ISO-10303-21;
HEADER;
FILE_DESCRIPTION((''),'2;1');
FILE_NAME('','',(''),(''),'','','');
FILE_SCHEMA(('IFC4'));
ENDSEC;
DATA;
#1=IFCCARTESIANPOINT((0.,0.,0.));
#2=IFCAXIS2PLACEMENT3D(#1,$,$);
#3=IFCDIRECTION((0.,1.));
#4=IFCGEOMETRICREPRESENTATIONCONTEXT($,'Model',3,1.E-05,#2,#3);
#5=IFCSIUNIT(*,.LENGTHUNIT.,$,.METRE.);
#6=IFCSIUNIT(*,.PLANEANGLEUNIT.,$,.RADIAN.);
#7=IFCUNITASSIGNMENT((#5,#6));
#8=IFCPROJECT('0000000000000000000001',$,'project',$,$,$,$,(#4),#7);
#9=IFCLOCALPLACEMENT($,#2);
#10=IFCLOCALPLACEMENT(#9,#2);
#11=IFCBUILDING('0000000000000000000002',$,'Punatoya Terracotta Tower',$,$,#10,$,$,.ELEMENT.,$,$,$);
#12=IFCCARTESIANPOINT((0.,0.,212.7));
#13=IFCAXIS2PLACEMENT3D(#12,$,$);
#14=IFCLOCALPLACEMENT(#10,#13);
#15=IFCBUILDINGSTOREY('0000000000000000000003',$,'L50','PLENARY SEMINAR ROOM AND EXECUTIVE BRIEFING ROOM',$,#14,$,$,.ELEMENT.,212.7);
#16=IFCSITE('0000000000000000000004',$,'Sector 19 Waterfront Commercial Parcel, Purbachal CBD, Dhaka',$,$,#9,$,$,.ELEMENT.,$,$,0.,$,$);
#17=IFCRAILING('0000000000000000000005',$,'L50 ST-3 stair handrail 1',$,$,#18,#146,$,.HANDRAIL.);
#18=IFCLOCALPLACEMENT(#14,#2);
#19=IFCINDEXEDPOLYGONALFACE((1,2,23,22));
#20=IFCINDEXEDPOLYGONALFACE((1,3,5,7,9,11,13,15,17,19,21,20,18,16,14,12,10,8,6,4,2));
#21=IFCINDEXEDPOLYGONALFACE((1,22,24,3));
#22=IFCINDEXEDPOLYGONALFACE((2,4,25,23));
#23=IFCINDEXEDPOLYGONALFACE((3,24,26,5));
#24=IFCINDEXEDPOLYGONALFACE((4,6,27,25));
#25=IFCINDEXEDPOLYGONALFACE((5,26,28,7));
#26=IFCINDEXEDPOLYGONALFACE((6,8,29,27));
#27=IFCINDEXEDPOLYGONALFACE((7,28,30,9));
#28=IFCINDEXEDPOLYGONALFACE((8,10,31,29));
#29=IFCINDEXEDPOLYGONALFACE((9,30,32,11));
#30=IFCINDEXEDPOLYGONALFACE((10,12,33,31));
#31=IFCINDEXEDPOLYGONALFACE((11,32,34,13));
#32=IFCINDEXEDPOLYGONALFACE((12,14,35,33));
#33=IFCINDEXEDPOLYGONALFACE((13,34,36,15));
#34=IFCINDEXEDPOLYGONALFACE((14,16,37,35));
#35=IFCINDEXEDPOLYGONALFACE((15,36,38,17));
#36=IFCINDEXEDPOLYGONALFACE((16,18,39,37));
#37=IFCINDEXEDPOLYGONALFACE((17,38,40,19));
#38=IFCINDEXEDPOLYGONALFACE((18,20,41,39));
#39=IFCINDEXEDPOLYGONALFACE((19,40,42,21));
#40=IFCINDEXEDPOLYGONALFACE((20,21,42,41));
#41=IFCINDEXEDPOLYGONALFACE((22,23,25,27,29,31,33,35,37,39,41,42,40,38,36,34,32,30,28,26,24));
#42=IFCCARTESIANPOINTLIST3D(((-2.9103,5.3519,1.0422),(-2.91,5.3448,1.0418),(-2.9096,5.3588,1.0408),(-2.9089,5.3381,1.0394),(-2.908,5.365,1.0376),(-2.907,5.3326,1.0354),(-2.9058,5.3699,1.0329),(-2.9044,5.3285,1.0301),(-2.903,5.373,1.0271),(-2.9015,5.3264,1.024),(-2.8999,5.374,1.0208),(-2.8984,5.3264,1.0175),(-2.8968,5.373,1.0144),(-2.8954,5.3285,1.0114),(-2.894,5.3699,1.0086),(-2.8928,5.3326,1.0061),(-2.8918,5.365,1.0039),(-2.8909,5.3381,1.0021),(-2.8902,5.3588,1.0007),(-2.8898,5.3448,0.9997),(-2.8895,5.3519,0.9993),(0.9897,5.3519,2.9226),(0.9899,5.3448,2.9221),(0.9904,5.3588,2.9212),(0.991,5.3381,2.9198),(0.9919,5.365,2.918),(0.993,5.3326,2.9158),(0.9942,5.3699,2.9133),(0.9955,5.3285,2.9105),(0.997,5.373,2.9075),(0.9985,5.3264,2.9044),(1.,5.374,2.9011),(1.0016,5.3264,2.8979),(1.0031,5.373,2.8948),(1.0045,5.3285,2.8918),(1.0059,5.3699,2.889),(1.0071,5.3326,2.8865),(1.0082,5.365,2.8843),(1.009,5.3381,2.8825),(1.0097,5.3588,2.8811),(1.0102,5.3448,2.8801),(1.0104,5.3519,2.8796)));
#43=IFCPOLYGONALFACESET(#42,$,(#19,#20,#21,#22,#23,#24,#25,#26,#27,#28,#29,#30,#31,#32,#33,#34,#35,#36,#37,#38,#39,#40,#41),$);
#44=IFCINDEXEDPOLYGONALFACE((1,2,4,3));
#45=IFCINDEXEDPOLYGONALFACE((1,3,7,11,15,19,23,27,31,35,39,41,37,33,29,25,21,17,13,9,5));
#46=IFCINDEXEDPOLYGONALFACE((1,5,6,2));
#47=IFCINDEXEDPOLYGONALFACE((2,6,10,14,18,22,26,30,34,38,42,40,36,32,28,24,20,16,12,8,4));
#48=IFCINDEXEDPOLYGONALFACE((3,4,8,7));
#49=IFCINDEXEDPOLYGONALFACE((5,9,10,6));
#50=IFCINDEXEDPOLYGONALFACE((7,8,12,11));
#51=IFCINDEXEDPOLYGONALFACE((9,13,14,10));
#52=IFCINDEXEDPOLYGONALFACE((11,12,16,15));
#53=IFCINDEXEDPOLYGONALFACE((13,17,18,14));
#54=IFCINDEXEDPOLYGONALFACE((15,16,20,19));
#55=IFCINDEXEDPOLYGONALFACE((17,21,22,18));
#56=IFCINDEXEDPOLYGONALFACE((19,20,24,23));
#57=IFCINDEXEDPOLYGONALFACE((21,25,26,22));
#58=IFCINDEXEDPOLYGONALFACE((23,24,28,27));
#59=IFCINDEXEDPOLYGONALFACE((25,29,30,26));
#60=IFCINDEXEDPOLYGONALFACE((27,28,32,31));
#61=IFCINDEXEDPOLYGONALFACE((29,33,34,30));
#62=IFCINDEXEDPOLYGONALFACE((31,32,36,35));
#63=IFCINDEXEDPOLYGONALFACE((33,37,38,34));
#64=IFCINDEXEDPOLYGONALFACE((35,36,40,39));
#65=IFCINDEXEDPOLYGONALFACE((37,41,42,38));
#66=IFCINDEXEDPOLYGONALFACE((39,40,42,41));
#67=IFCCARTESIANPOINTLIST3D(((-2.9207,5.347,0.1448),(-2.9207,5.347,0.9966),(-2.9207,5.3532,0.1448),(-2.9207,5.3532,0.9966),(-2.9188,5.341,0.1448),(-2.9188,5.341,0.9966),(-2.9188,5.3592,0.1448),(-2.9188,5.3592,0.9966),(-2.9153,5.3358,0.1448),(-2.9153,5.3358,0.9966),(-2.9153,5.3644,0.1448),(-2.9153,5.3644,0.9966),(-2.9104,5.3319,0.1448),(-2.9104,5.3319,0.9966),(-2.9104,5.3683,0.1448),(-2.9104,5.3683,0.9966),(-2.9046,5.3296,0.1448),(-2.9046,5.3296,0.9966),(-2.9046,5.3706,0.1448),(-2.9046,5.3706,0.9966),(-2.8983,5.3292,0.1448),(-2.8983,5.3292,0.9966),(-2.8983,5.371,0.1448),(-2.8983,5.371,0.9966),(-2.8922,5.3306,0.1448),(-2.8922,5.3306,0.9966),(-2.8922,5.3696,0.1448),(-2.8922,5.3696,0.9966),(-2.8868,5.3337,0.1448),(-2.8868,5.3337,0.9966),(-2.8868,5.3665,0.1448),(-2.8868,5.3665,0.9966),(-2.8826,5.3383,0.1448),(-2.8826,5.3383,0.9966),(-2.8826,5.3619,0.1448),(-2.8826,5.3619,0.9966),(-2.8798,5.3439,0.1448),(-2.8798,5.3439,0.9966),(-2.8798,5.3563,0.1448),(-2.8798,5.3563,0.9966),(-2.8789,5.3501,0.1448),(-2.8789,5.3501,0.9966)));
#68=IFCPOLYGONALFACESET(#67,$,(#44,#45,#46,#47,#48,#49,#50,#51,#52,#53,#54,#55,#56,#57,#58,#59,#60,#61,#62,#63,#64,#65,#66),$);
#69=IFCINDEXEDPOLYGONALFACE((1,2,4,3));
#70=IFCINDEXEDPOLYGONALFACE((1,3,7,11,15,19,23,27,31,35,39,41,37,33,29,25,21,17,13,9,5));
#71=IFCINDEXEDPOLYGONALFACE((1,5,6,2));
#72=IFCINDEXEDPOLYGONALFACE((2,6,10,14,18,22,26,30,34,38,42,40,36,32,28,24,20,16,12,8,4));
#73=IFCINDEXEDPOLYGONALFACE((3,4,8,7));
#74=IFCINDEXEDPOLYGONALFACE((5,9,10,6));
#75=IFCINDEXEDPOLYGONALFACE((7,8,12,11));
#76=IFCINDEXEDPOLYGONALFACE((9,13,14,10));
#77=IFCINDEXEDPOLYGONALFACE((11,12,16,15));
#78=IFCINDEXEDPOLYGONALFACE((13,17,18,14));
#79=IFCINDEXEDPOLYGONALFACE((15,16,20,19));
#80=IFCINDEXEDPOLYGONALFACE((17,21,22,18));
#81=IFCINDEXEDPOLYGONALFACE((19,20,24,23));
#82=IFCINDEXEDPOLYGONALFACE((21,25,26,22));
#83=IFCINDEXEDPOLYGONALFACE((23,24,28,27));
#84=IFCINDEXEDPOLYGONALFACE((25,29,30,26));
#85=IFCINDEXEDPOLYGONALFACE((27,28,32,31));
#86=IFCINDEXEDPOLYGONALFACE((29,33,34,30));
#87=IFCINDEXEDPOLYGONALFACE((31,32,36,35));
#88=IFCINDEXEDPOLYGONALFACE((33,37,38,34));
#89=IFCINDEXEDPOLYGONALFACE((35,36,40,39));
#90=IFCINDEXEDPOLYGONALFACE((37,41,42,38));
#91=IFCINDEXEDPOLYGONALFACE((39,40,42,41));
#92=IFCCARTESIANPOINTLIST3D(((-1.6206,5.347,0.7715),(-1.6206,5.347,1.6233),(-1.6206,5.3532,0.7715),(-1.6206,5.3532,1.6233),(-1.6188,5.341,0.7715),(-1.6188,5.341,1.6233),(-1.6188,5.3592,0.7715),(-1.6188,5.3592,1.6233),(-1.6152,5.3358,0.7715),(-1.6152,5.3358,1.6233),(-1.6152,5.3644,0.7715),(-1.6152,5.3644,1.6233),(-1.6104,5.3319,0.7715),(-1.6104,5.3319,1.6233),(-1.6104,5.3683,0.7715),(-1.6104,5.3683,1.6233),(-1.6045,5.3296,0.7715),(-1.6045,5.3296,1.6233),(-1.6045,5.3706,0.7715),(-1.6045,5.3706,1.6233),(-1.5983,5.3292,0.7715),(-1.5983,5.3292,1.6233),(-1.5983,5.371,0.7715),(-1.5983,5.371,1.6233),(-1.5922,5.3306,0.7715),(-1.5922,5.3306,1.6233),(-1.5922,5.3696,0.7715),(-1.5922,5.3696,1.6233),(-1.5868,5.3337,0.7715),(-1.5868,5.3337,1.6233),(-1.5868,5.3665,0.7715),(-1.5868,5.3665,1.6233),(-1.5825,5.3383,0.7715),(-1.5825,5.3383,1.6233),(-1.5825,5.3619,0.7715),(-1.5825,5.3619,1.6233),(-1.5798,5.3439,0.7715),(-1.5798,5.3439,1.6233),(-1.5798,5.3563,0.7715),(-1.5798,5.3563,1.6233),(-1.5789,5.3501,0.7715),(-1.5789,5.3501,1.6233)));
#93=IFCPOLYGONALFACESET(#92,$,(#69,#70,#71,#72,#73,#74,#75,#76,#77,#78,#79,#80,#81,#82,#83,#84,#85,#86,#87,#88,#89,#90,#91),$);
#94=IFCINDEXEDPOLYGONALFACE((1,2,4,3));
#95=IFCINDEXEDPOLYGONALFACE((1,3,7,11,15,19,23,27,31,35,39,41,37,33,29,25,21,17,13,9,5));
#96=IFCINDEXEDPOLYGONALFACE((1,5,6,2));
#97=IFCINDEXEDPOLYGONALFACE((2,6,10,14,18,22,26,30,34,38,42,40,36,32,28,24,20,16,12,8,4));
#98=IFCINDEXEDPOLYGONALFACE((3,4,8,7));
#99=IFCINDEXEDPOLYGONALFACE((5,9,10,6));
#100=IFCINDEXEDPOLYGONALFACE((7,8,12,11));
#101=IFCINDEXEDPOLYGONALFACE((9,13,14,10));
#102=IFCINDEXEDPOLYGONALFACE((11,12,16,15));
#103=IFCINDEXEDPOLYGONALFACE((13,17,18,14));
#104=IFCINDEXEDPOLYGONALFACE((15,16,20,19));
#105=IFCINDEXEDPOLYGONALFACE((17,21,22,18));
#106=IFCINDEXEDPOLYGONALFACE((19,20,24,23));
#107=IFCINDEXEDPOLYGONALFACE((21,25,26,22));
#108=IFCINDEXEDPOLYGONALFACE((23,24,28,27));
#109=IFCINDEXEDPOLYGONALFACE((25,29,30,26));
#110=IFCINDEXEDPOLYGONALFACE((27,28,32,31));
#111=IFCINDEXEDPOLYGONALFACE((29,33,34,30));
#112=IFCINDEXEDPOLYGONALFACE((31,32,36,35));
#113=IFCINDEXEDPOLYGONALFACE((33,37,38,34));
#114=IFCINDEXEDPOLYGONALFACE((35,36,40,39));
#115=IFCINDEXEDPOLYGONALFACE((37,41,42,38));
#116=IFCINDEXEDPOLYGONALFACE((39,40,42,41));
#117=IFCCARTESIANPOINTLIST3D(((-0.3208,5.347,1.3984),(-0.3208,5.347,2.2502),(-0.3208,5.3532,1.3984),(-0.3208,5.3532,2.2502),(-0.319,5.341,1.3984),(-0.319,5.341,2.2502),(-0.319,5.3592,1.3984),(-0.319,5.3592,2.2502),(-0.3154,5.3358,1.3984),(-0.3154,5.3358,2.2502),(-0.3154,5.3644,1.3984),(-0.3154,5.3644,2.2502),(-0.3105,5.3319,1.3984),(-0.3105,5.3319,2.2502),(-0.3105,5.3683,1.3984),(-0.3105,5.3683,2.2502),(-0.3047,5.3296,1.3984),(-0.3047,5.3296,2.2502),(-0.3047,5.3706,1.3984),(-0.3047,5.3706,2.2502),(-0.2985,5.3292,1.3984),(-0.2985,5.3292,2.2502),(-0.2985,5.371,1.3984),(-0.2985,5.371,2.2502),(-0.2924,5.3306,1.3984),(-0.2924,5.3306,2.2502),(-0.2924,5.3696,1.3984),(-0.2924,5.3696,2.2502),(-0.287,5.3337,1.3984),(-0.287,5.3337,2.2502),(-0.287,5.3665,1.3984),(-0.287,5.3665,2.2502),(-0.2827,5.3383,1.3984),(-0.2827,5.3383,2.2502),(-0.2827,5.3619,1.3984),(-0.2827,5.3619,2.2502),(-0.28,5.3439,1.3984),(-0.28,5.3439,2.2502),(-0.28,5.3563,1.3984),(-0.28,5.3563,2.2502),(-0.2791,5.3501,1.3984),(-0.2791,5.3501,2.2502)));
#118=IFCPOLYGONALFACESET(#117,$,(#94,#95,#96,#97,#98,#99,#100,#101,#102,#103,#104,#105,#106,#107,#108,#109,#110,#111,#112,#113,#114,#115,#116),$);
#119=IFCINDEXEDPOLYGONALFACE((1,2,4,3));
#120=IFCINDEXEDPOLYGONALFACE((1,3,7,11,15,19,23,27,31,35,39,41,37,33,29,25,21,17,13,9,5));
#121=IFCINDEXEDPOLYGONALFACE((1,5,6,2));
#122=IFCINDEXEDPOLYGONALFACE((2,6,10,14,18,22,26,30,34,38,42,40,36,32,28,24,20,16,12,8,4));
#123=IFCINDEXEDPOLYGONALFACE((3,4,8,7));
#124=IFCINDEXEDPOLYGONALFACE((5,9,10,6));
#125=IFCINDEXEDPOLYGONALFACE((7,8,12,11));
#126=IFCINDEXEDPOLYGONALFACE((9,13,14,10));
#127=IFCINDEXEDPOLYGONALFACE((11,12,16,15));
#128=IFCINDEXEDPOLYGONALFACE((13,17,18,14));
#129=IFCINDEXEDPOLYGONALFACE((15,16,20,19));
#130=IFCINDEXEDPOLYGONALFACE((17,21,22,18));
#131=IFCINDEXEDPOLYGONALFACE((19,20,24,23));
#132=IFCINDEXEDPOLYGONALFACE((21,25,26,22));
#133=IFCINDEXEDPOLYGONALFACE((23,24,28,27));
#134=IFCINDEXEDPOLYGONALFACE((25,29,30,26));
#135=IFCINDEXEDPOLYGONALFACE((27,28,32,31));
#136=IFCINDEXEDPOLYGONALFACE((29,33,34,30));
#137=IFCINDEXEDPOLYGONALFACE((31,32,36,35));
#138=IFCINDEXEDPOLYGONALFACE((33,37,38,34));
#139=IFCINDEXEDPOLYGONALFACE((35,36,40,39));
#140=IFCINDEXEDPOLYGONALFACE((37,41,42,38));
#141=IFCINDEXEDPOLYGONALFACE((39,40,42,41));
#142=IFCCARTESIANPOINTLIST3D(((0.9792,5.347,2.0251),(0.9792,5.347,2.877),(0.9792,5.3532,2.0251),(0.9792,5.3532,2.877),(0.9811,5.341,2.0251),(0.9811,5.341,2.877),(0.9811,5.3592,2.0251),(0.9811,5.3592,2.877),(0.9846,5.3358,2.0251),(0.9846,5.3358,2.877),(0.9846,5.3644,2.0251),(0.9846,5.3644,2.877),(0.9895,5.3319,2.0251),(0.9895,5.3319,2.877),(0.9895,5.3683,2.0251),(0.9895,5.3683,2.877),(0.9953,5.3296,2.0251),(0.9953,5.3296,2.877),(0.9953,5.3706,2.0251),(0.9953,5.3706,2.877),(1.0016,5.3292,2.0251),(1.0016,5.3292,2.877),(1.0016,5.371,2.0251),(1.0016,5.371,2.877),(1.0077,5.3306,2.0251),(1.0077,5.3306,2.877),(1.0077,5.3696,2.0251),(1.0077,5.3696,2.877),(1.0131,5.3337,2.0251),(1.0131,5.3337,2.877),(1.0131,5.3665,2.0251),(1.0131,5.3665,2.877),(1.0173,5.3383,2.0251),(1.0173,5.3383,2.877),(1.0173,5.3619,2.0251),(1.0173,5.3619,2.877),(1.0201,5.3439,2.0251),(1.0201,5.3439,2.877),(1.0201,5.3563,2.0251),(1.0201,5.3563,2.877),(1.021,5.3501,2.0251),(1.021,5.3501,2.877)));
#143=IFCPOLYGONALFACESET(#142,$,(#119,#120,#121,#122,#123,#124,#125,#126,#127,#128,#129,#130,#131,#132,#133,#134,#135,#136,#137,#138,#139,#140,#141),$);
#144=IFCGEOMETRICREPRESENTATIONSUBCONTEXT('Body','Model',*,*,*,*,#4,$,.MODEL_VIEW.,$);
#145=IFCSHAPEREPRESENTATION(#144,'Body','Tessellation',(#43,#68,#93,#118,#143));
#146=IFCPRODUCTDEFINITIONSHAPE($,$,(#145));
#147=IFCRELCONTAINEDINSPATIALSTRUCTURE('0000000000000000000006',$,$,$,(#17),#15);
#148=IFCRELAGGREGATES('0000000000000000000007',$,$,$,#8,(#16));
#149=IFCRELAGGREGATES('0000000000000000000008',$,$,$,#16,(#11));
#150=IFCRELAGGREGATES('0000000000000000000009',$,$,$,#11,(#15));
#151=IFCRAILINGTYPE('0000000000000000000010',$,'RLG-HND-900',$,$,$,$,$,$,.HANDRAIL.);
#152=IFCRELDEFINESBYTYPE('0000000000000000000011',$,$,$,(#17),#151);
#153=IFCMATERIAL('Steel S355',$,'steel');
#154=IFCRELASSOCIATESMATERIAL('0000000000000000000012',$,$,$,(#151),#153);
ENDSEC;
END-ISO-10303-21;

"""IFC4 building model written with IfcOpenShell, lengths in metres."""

from ifc_helpers import new_model, si_unit, direction, frame, origin, origin_2d, place, context, subcontext, project, spatial, circle, extrude, material, type_object, element, save


model = new_model("IFC4")

# Units and contexts
model_context = context("Model", 3, precision=1e-05, world=origin(), true_north=direction((0.0, 1.0)))
body_context = subcontext(model_context, "Body", "Model", "MODEL_VIEW")
ifc_project = project(units=[si_unit("LENGTHUNIT", "METRE"), si_unit("PLANEANGLEUNIT", "RADIAN")], contexts=[model_context])

# Site, building, storey
site_placement = place(None, origin())
site = spatial("IfcSite", under=ifc_project, at=site_placement, Name="Sector 19 Waterfront Commercial Parcel, Purbachal CBD, Dhaka", CompositionType="ELEMENT", RefElevation=0.0)
building_placement = place(site_placement, origin())
building = spatial("IfcBuilding", under=site, at=building_placement, Name="Punatoya Terracotta Tower", CompositionType="ELEMENT")
storey_placement = place(building_placement, frame((0.0, 0.0, 212.7)))
storey = spatial("IfcBuildingStorey", under=building, at=storey_placement, Name="L50", Description="PLENARY SEMINAR ROOM AND EXECUTIVE BRIEFING ROOM", CompositionType="ELEMENT", Elevation=212.7)

# Railing
ifc_material_1 = material(Name="Steel S355", Category="steel")
railing_type = type_object("IfcRailingType", Name="RLG-HND-900", PredefinedType="HANDRAIL", material=ifc_material_1)
railing_placement = place(storey_placement, frame((-2.8999, 5.3501, 0.1448)))
element("IfcRailing", 1, at=railing_placement, inside=storey, type_object=railing_type, Name="L50 ST-3 stair handrail 1", PredefinedType="HANDRAIL", context=body_context, shape_type="SweptSolid", body=[
    extrude(circle(Radius=0.0239, at=origin_2d()), frame((0.0, 0.0, 0.876), z_axis=(0.900763, 0.0, 0.434311), x_axis=(0.0, 1.0, 0.0)), (0.0, 0.0, 1.0), 4.3296),
    extrude(circle(Radius=0.021, at=origin_2d()), origin(), (0.0, 0.0, 1.0), 0.8518),
    extrude(circle(Radius=0.021, at=origin_2d()), frame((1.3, 0.0, 0.6267)), (0.0, 0.0, 1.0), 0.8518),
    extrude(circle(Radius=0.021, at=origin_2d()), frame((2.5999, 0.0, 1.2537)), (0.0, 0.0, 1.0), 0.8518),
    extrude(circle(Radius=0.021, at=origin_2d()), frame((3.8999, 0.0, 1.8804)), (0.0, 0.0, 1.0), 0.8518),
])

save(model, "model.ifc")
